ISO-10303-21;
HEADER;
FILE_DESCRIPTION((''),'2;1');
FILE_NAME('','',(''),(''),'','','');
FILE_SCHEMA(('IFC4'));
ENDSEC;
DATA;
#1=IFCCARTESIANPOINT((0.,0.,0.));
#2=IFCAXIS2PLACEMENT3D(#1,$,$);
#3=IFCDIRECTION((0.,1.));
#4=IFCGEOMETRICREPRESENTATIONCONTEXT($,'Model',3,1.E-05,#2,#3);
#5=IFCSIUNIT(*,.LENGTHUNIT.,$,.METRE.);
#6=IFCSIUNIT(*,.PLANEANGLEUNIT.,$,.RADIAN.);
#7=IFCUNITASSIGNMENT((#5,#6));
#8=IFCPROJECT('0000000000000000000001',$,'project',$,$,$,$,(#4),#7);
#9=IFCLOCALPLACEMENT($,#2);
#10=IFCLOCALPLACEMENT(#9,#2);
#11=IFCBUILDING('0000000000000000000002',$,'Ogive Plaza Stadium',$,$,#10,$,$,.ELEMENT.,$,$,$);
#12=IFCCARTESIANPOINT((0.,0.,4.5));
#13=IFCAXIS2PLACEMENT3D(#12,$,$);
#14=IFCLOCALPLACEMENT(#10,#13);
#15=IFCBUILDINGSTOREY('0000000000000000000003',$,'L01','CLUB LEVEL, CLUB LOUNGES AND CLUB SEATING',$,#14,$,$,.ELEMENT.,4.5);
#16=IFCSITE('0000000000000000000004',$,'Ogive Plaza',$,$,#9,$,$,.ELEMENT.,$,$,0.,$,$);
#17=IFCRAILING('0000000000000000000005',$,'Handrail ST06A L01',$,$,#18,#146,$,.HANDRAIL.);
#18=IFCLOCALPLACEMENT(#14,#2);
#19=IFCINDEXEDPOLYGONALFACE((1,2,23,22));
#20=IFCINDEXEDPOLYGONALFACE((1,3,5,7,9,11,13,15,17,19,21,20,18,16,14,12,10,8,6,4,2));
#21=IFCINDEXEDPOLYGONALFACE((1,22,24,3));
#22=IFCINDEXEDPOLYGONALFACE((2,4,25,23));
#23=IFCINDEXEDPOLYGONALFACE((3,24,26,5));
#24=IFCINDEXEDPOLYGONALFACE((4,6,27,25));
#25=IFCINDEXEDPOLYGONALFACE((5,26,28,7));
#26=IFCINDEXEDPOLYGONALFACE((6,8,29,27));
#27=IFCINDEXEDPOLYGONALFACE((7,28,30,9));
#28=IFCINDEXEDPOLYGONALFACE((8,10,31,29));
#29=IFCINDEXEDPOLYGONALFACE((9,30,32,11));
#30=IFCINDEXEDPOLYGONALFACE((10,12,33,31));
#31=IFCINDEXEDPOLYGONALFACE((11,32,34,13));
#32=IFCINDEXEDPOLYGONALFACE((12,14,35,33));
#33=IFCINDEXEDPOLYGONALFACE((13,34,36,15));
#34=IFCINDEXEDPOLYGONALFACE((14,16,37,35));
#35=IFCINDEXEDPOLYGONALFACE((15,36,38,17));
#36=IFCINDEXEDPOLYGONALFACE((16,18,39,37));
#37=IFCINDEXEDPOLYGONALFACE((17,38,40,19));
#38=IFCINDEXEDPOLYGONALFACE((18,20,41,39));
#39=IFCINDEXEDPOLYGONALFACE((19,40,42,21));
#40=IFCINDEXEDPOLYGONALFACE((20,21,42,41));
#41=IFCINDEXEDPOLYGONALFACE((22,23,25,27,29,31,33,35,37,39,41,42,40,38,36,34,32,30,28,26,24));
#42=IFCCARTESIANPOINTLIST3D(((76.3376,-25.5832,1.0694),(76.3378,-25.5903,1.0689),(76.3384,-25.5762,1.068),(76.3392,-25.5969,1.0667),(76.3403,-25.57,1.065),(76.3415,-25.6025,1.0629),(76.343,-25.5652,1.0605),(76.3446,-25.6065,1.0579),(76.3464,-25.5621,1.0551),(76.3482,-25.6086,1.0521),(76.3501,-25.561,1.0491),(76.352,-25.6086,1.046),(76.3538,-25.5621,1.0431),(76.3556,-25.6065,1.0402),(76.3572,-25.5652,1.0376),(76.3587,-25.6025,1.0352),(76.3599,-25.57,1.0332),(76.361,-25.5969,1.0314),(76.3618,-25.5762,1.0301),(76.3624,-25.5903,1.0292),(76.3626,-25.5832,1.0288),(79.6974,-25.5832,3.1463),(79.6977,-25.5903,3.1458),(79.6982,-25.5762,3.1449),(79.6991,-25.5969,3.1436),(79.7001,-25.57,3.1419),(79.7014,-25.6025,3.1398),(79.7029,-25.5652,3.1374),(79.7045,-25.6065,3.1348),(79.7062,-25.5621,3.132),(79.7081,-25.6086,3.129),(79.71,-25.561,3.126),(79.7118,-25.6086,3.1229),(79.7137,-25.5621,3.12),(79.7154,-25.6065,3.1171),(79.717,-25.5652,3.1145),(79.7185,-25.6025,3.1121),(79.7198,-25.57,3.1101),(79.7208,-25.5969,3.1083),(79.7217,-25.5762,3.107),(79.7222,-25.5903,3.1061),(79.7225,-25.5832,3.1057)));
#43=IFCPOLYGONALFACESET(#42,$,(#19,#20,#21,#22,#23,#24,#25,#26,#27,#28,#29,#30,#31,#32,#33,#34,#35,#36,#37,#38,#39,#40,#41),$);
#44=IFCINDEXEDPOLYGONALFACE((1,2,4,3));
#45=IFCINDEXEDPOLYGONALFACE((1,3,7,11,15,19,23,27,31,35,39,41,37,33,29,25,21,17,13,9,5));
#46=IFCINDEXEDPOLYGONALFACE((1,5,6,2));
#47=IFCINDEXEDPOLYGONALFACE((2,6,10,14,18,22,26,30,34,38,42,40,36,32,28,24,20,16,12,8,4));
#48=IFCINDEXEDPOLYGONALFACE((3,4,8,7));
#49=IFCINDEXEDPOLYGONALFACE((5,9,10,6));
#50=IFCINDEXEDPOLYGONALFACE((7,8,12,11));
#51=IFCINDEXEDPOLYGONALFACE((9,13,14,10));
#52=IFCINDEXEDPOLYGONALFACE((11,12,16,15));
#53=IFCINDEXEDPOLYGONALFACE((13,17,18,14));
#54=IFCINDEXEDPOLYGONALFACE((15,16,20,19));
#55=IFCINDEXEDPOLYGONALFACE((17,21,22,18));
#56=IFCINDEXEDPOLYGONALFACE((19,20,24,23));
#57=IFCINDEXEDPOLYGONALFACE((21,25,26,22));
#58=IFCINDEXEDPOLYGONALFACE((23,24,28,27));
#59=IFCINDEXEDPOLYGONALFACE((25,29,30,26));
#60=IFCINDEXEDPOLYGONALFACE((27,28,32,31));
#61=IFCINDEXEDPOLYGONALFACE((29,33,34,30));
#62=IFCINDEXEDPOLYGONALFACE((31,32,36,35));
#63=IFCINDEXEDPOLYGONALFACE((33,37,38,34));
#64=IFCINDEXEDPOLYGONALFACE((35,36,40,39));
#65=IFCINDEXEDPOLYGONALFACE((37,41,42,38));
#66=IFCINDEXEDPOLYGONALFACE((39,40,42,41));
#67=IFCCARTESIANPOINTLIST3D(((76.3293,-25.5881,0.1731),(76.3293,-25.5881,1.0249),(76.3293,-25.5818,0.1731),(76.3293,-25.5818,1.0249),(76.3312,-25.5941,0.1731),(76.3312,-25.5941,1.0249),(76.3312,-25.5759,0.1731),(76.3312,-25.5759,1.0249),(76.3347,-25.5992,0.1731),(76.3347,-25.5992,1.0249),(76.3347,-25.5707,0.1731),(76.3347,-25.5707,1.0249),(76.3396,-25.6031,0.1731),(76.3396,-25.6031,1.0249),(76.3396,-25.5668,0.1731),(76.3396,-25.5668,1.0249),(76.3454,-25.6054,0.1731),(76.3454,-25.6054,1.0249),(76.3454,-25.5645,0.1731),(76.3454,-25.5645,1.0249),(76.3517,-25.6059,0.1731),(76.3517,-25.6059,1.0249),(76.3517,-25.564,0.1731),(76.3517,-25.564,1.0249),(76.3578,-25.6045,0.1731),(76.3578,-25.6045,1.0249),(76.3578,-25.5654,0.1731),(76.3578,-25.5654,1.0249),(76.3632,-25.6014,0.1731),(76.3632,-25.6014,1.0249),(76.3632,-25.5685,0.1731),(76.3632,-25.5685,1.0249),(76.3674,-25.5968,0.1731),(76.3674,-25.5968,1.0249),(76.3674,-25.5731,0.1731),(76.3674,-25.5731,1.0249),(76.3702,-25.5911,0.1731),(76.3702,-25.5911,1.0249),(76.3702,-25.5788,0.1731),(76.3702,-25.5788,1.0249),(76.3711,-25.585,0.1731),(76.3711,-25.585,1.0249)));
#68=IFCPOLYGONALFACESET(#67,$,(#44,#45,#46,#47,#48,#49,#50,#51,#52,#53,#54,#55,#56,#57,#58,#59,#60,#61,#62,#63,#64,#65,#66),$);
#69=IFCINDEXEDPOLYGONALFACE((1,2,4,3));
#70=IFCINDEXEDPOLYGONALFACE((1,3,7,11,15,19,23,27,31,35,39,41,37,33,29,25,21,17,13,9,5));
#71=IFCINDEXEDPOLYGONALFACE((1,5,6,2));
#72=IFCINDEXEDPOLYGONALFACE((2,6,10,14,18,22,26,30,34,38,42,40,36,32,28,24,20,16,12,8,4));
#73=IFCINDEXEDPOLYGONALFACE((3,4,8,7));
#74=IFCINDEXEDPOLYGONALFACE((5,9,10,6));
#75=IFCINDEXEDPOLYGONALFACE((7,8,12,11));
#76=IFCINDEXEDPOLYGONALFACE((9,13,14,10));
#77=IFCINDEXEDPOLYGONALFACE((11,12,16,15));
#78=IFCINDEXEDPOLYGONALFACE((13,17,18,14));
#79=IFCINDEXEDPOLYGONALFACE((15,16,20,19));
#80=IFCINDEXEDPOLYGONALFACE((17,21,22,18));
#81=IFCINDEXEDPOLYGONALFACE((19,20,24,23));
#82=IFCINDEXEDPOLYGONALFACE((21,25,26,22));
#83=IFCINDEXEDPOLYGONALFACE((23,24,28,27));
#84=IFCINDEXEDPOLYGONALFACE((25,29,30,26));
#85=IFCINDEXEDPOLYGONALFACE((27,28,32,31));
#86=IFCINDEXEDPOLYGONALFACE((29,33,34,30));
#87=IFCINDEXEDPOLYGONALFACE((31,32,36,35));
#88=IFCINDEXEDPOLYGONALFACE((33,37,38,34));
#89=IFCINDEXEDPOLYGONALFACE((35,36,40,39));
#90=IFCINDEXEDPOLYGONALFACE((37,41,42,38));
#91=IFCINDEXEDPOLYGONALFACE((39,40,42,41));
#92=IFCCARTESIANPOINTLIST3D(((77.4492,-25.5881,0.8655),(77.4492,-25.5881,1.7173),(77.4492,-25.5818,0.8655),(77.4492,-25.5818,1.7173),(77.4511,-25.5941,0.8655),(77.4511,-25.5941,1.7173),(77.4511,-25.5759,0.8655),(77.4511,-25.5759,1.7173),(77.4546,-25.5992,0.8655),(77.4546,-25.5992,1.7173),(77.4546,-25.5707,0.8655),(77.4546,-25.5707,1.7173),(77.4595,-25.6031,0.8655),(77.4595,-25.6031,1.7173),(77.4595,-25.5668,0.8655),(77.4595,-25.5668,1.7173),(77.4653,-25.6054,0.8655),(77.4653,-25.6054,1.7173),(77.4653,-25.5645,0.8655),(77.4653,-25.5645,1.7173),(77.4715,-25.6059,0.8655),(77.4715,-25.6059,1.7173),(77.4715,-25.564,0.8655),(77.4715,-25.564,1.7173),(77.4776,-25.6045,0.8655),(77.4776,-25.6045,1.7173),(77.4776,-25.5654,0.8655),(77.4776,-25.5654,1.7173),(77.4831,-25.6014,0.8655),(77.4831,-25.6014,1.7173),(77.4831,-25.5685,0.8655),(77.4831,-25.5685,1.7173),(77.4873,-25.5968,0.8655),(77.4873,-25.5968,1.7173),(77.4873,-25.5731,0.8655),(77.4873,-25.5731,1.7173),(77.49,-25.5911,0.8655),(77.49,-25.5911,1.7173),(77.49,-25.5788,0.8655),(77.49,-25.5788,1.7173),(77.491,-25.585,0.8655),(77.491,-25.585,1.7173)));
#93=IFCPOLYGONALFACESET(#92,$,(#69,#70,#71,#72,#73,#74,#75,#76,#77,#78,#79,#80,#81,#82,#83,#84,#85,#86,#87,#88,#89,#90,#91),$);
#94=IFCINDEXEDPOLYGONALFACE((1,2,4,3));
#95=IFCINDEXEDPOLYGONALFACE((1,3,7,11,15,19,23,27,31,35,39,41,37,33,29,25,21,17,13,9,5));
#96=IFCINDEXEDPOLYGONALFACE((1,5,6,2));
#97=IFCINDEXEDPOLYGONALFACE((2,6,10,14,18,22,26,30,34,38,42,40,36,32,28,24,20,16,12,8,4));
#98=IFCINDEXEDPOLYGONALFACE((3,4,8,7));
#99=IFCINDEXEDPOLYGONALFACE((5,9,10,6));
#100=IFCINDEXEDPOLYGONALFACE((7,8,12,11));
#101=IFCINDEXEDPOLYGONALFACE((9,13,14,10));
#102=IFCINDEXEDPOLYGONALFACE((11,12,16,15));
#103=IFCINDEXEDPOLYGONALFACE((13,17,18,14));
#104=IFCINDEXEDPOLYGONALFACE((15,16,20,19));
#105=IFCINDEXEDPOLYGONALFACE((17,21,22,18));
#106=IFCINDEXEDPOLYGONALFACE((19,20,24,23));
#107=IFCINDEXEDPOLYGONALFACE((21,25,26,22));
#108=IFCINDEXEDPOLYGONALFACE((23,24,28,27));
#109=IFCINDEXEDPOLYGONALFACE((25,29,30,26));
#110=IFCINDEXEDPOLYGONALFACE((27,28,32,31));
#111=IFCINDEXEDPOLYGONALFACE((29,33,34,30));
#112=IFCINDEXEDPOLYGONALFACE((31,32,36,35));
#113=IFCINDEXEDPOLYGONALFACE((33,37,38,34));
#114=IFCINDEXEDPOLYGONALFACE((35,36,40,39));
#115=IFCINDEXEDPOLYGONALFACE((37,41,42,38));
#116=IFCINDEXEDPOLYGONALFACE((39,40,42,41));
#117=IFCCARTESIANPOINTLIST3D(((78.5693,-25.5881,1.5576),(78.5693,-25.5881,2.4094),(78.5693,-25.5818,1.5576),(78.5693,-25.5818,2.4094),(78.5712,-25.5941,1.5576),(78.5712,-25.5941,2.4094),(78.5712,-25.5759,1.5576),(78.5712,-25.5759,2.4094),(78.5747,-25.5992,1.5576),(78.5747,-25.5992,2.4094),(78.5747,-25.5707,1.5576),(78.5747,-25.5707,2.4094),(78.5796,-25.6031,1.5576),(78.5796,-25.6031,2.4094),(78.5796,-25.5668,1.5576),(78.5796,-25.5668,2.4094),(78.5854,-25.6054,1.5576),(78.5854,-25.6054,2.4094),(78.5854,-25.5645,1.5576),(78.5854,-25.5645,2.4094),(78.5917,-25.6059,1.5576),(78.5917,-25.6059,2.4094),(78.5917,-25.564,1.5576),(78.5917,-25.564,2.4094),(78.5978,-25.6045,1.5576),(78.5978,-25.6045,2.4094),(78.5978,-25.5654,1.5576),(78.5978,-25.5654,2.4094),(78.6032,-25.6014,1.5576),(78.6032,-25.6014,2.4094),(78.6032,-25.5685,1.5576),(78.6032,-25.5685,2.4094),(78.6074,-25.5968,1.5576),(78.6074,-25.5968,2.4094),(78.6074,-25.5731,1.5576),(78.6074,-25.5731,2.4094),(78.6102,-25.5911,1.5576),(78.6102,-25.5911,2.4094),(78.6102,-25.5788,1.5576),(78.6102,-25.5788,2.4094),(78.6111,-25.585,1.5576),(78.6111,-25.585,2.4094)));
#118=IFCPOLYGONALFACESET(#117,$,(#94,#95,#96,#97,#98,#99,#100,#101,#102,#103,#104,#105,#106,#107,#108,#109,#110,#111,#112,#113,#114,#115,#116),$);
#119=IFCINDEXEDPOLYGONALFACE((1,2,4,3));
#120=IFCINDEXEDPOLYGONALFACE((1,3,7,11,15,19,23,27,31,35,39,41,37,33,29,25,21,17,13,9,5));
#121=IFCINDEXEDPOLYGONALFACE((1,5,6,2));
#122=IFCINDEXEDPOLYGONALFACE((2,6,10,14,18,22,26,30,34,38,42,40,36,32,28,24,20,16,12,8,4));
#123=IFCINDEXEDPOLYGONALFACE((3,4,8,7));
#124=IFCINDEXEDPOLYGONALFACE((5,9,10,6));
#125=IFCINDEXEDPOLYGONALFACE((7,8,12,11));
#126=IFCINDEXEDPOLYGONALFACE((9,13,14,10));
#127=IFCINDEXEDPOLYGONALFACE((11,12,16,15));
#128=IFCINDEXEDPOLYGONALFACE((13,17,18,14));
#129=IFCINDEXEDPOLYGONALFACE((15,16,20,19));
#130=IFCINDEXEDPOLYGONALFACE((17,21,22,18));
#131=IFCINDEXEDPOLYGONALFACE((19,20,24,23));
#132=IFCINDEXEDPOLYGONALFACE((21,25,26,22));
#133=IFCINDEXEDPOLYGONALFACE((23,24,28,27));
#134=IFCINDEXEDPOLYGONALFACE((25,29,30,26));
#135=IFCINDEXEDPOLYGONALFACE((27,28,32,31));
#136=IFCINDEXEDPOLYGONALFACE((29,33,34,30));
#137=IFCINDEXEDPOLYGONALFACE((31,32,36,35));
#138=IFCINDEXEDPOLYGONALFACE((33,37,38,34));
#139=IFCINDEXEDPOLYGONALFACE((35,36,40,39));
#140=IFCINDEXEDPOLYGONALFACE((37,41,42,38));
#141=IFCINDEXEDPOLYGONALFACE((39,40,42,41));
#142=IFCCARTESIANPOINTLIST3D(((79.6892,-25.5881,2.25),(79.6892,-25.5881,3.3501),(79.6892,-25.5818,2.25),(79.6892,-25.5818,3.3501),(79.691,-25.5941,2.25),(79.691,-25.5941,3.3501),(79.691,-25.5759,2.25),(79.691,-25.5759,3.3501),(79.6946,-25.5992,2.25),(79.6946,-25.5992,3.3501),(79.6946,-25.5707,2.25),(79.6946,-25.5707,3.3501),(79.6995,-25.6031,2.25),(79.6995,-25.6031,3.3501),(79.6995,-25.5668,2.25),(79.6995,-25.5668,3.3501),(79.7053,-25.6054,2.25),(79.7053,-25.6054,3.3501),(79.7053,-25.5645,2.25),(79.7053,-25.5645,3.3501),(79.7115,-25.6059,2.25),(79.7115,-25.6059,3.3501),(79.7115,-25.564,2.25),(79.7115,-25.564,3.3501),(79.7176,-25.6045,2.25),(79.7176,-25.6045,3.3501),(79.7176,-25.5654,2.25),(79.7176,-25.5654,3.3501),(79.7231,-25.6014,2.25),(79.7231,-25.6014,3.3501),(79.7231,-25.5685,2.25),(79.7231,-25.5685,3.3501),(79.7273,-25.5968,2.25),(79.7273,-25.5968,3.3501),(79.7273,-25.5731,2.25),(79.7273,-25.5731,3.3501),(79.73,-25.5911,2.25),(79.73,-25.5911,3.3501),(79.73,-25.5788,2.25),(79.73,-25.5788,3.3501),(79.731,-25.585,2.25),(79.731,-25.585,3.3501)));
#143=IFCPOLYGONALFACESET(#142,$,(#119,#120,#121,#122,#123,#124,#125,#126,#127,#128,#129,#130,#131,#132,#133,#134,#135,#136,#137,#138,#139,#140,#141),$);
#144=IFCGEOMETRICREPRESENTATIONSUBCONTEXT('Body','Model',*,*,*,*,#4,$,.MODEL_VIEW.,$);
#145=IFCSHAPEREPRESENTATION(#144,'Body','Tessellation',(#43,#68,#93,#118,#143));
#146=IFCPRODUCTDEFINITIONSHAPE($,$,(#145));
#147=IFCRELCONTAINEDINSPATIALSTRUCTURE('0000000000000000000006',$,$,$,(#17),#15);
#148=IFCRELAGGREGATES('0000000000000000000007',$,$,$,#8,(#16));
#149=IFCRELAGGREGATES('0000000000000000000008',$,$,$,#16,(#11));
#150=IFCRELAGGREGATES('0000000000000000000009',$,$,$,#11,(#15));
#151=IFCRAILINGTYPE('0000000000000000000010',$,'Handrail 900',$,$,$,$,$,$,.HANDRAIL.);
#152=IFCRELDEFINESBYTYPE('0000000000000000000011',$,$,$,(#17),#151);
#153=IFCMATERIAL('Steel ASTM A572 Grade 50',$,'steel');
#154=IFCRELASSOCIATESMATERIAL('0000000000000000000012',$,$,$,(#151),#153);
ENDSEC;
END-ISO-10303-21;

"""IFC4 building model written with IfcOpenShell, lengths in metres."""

from ifc_helpers import new_model, si_unit, direction, frame, origin, origin_2d, place, context, subcontext, project, spatial, circle, extrude, material, type_object, element, save


model = new_model("IFC4")

# Units and contexts
model_context = context("Model", 3, precision=1e-05, world=origin(), true_north=direction((0.0, 1.0)))
body_context = subcontext(model_context, "Body", "Model", "MODEL_VIEW")
ifc_project = project(units=[si_unit("LENGTHUNIT", "METRE"), si_unit("PLANEANGLEUNIT", "RADIAN")], contexts=[model_context])

# Site, building, storey
site_placement = place(None, origin())
site = spatial("IfcSite", under=ifc_project, at=site_placement, Name="Ogive Plaza", CompositionType="ELEMENT", RefElevation=0.0)
building_placement = place(site_placement, origin())
building = spatial("IfcBuilding", under=site, at=building_placement, Name="Ogive Plaza Stadium", CompositionType="ELEMENT")
storey_placement = place(building_placement, frame((0.0, 0.0, 4.5)))
storey = spatial("IfcBuildingStorey", under=building, at=storey_placement, Name="L01", Description="CLUB LEVEL, CLUB LOUNGES AND CLUB SEATING", CompositionType="ELEMENT", Elevation=4.5)

# Railing
ifc_material_1 = material(Name="Steel ASTM A572 Grade 50", Category="steel")
railing_type_1 = type_object("IfcRailingType", Name="Handrail 900", PredefinedType="HANDRAIL", material=ifc_material_1)
for number, where, name in (
    (1, (76.3501, -25.585, 0.1731), "Handrail ST06A L01"),
):
    element("IfcRailing", number, at=place(storey_placement, frame(where)), inside=storey, type_object=railing_type_1, Name=name, PredefinedType="HANDRAIL", context=body_context, shape_type="SweptSolid", body=[
        extrude(circle(Radius=0.0239, at=origin_2d()), frame((0.0, 0.0, 0.876), z_axis=(0.850606, 0.0, 0.525803), x_axis=(0.0, 1.0, 0.0)), (0.0, 0.0, 1.0), 3.95),
        extrude(circle(Radius=0.021, at=origin_2d()), origin(), (0.0, 0.0, 1.0), 0.8518),
        extrude(circle(Radius=0.021, at=origin_2d()), frame((1.1199, 0.0, 0.6924)), (0.0, 0.0, 1.0), 0.8518),
        extrude(circle(Radius=0.021, at=origin_2d()), frame((2.24, 0.0, 1.3845)), (0.0, 0.0, 1.0), 0.8518),
        extrude(circle(Radius=0.021, at=origin_2d()), frame((3.3599, 0.0, 2.0769)), (0.0, 0.0, 1.0), 1.1001),
    ])

save(model, "model.ifc")
